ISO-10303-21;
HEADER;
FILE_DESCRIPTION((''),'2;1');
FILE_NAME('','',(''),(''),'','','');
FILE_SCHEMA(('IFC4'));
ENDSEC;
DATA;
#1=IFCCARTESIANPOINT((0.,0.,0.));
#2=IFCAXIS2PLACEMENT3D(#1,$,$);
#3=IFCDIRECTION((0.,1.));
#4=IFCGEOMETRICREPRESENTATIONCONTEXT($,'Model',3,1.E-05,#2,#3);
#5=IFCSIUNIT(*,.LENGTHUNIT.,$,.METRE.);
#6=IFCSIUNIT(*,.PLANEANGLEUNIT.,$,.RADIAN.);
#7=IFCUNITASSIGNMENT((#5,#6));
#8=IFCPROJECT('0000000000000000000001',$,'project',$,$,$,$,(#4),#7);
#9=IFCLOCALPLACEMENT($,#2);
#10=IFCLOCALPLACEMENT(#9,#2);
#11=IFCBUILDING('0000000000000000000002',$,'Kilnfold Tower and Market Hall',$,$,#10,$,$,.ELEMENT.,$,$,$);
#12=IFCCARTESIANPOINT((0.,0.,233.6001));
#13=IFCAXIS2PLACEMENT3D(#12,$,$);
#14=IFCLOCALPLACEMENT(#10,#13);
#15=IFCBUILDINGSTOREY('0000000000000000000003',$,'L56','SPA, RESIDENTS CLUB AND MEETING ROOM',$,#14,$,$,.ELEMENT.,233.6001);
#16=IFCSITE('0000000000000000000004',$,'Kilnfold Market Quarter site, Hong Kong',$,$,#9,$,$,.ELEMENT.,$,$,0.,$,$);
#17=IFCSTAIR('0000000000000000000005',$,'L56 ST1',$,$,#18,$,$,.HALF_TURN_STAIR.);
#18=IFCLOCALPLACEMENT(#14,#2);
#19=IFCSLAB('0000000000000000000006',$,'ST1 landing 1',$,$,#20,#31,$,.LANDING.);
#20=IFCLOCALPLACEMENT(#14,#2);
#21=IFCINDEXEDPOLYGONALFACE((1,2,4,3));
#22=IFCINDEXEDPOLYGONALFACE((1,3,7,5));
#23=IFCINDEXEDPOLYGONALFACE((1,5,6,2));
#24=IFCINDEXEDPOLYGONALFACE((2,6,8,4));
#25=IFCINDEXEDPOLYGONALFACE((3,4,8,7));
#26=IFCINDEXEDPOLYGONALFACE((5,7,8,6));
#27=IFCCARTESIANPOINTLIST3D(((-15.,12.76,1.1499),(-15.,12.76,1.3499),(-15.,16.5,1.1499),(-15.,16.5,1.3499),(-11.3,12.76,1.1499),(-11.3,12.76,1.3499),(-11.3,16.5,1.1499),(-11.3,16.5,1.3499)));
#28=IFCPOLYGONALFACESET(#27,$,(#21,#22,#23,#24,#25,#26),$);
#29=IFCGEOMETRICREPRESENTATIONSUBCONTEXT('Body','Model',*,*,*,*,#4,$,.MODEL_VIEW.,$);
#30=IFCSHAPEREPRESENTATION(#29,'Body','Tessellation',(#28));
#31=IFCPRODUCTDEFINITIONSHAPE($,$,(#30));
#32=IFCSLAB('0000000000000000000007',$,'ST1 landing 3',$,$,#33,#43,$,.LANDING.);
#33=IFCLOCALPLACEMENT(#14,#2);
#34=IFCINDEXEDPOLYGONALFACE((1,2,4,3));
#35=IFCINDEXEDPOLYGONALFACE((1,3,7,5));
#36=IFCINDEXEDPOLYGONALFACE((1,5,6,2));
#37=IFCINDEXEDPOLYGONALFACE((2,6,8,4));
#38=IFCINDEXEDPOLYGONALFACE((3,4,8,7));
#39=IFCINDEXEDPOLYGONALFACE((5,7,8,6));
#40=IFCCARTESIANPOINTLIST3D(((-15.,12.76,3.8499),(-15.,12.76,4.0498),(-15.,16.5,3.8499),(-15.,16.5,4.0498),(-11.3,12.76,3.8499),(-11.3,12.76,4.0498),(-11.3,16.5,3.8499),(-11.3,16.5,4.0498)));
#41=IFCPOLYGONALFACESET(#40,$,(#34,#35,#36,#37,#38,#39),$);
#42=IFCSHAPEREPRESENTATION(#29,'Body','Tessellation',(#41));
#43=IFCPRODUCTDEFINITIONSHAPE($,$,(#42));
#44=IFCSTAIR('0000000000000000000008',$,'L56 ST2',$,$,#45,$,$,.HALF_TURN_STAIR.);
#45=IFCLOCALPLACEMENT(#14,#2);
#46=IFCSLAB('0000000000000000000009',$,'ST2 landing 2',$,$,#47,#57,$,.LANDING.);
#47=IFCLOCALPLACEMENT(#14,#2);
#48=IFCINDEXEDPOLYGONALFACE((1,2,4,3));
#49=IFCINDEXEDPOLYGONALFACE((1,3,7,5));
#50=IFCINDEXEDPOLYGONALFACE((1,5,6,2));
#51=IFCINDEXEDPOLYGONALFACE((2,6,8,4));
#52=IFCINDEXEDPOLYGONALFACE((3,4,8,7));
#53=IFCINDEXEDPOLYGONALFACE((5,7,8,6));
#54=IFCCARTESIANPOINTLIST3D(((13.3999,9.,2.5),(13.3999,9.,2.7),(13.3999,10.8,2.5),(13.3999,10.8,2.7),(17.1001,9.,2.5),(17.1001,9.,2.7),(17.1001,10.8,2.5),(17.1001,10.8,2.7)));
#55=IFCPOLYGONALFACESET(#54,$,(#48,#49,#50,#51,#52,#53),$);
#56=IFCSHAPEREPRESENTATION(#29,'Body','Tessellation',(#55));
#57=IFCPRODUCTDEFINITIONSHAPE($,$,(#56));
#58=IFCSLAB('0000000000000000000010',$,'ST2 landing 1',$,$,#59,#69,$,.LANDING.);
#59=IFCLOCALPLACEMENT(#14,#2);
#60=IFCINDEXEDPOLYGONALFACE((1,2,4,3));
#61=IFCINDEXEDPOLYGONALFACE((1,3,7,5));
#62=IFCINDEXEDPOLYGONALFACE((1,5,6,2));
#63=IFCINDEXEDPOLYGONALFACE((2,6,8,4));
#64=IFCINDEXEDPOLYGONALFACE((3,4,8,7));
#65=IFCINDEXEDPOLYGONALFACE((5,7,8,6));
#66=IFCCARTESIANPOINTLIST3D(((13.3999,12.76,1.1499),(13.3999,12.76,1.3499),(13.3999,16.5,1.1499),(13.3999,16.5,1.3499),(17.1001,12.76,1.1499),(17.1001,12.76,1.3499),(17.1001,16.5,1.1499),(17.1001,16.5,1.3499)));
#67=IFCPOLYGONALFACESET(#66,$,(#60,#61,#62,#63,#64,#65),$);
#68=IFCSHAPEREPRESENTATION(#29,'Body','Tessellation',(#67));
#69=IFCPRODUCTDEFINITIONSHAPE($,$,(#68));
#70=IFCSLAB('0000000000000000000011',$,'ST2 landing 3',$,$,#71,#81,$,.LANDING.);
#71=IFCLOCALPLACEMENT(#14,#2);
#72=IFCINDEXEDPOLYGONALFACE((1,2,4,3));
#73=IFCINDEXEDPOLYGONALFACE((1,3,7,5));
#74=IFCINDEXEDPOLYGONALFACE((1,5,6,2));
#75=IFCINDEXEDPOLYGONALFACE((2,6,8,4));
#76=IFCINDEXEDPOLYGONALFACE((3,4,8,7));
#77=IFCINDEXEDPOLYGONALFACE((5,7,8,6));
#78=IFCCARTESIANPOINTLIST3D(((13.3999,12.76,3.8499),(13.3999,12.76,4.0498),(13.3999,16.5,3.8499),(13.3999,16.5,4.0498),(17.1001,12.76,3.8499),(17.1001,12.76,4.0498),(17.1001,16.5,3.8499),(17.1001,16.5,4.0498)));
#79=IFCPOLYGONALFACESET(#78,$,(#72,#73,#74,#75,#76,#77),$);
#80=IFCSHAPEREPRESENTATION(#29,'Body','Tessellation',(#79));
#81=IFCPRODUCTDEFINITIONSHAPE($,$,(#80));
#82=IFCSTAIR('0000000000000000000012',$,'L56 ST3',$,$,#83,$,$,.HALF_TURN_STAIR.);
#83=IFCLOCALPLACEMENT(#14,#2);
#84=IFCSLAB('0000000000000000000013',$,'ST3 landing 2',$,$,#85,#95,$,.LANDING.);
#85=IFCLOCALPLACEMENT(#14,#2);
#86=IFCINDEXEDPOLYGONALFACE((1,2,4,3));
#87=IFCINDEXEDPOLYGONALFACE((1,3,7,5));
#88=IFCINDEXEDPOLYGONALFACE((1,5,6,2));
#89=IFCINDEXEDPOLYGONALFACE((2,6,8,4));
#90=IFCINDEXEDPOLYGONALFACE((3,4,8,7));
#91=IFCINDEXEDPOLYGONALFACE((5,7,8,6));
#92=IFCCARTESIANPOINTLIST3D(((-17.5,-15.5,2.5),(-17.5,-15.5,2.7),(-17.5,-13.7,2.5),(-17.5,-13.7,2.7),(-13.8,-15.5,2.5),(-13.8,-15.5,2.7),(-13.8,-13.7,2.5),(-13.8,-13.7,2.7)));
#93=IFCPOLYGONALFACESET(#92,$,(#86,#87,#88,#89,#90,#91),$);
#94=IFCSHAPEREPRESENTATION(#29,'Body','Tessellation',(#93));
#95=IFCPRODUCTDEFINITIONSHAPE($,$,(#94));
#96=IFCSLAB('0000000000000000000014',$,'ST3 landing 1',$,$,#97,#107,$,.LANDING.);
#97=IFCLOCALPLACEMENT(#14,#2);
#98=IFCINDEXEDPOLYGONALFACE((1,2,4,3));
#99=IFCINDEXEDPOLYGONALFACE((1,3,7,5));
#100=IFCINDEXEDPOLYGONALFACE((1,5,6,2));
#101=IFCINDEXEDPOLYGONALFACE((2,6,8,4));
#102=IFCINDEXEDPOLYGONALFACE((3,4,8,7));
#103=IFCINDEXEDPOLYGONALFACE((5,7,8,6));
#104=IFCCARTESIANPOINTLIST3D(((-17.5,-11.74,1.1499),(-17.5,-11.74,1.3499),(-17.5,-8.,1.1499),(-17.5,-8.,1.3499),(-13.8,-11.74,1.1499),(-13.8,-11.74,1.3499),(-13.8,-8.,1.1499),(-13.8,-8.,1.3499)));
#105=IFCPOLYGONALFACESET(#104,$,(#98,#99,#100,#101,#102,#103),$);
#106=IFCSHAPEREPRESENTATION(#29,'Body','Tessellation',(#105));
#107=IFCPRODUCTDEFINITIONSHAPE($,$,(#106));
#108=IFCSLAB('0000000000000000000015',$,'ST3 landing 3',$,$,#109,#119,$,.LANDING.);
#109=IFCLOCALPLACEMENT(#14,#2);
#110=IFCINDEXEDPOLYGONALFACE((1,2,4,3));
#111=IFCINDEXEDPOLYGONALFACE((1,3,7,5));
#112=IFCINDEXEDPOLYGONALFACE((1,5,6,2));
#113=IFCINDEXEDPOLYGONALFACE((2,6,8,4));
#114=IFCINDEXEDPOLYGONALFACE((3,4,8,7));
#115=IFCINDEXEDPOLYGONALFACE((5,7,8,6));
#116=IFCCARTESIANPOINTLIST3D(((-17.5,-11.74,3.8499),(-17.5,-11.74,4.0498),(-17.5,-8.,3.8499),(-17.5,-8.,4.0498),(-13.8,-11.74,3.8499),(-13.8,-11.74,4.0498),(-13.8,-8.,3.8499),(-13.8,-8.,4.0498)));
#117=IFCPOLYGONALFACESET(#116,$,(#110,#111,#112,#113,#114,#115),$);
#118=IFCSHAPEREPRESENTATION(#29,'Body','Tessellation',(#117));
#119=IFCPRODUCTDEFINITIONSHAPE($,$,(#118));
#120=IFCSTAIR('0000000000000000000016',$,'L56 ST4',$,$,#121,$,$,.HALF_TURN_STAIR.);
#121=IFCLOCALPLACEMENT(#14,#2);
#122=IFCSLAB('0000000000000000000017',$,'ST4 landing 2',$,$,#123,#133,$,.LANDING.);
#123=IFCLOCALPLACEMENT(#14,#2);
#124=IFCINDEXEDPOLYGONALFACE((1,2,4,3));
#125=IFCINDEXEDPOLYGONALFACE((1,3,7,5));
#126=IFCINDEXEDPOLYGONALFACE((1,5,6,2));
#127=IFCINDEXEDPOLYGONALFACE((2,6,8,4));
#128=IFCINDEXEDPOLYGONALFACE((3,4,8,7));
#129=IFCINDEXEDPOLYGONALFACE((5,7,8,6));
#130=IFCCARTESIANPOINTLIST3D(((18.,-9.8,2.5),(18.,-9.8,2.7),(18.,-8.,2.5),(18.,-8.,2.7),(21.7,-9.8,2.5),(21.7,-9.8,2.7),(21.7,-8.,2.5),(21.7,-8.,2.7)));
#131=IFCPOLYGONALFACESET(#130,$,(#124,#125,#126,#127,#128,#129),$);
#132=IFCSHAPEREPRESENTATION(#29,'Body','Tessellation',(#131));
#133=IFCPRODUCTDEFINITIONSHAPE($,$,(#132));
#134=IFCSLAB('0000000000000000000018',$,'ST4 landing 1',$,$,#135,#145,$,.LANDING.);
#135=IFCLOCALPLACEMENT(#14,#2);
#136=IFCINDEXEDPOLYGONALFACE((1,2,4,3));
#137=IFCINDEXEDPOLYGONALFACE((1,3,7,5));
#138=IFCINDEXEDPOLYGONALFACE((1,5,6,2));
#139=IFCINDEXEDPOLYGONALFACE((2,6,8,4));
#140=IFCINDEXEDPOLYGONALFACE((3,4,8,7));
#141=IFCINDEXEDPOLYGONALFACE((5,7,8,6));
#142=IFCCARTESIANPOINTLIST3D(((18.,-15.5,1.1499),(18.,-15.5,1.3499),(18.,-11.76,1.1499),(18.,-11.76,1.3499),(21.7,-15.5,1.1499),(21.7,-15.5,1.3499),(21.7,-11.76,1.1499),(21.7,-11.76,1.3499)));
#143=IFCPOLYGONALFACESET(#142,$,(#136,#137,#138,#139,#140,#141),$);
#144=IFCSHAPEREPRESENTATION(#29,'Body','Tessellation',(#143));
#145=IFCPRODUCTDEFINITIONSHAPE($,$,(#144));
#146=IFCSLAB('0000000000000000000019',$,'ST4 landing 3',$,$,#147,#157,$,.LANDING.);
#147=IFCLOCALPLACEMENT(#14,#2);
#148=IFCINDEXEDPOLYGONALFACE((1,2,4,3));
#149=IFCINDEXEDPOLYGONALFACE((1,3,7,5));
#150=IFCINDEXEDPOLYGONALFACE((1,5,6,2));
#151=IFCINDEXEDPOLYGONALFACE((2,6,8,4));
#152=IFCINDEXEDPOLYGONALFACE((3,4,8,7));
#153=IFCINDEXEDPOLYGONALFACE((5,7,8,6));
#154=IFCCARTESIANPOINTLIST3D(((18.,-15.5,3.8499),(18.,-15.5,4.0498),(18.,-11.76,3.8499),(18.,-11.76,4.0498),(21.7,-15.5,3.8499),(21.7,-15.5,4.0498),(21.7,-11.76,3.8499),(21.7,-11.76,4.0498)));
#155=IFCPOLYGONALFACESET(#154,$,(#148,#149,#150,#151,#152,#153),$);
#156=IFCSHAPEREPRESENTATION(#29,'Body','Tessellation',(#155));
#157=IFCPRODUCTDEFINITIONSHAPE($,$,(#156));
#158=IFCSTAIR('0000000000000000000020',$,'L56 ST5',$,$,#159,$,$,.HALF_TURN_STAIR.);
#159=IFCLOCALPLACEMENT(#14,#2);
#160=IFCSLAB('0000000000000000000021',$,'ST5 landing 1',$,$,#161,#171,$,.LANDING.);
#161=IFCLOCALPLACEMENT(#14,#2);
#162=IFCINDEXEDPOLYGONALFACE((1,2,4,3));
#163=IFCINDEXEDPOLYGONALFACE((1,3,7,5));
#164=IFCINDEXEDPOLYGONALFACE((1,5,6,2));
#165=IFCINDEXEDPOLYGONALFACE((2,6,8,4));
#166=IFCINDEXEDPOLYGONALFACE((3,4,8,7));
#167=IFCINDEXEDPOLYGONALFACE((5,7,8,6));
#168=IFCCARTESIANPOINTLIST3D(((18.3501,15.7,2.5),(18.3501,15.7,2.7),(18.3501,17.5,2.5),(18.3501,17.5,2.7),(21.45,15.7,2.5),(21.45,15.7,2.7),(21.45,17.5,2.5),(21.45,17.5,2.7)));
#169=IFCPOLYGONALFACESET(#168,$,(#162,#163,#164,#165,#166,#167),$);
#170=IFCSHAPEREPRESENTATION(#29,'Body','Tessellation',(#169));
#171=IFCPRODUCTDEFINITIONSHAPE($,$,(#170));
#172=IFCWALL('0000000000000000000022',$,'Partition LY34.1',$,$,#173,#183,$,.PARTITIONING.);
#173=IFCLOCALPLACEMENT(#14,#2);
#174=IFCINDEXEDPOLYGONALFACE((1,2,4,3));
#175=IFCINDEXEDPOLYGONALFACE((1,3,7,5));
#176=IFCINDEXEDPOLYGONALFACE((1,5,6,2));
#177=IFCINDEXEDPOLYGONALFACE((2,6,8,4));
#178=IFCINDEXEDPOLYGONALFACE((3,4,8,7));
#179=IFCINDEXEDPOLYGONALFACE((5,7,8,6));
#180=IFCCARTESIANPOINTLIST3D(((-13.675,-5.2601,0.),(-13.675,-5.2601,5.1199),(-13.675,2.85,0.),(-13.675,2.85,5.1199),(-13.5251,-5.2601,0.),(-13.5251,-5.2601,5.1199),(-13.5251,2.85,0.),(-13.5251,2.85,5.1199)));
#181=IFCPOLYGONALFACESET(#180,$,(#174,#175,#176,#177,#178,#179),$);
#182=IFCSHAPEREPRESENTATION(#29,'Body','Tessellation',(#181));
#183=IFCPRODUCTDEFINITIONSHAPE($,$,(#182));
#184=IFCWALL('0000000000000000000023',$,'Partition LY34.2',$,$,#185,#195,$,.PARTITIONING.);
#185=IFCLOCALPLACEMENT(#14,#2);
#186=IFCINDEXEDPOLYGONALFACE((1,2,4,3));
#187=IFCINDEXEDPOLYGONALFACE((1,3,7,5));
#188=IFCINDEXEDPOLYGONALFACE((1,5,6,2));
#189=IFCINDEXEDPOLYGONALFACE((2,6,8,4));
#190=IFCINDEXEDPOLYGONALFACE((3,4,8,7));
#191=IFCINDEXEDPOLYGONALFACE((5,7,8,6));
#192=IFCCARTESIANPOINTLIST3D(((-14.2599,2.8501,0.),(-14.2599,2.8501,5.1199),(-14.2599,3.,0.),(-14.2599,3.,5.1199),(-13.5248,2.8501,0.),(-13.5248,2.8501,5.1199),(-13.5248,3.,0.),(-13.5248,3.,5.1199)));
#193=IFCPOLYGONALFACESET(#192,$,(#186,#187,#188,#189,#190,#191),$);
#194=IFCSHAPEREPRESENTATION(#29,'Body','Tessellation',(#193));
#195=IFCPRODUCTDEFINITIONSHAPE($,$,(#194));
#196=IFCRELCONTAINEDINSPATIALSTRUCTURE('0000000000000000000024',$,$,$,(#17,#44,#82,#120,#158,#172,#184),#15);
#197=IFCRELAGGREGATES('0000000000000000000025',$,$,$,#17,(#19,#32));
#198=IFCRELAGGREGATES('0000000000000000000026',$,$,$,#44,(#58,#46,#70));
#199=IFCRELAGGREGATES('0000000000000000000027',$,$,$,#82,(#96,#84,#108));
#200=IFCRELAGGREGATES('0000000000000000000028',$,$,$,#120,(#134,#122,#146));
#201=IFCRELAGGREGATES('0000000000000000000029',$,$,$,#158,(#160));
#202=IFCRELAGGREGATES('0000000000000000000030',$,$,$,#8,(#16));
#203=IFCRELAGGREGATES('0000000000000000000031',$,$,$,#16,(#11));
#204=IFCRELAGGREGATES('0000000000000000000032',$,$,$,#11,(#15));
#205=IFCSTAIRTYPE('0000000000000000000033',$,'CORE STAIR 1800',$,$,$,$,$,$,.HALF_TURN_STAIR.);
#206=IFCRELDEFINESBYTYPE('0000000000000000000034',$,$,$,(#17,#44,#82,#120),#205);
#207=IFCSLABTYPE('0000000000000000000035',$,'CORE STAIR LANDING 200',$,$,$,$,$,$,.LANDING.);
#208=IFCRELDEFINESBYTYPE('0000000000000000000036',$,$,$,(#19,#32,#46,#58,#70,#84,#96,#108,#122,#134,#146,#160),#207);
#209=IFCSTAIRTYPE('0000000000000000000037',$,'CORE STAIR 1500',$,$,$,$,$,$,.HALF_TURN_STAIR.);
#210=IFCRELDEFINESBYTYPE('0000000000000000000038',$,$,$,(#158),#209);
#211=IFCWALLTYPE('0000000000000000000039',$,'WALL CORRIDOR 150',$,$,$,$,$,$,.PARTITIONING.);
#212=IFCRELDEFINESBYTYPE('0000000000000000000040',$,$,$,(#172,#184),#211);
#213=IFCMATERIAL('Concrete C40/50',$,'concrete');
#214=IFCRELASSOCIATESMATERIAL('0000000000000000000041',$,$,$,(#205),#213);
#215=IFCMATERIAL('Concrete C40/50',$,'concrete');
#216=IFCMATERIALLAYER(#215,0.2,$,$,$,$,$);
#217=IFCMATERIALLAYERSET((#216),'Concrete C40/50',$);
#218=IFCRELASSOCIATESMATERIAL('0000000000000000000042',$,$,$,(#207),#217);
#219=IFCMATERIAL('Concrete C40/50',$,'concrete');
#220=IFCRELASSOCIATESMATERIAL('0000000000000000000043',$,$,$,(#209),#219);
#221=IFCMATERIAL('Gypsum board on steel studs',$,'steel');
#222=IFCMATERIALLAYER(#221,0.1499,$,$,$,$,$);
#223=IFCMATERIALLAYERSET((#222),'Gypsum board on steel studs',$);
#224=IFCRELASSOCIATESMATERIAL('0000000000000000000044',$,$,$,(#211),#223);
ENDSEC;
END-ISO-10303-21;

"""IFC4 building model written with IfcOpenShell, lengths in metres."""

from ifc_helpers import new_model, si_unit, direction, frame, frame_2d, origin, place, context, subcontext, project, spatial, polyline, rectangle, outline, extrude, source, transform, mapped, material, layer, layer_set, type_object, element, aggregate, save


model = new_model("IFC4")

# Units and contexts
model_context = context("Model", 3, precision=1e-05, world=origin(), true_north=direction((0.0, 1.0)))
body_context = subcontext(model_context, "Body", "Model", "MODEL_VIEW")
ifc_project = project(units=[si_unit("LENGTHUNIT", "METRE"), si_unit("PLANEANGLEUNIT", "RADIAN")], contexts=[model_context])

# Site, building, storey
site_placement = place(None, origin())
site = spatial("IfcSite", under=ifc_project, at=site_placement, Name="Kilnfold Market Quarter site, Hong Kong", CompositionType="ELEMENT", RefElevation=0.0)
building_placement = place(site_placement, origin())
building = spatial("IfcBuilding", under=site, at=building_placement, Name="Kilnfold Tower and Market Hall", CompositionType="ELEMENT")
storey_placement = place(building_placement, frame((0.0, 0.0, 233.6001)))
storey = spatial("IfcBuildingStorey", under=building, at=storey_placement, Name="L56", Description="SPA, RESIDENTS CLUB AND MEETING ROOM", CompositionType="ELEMENT", Elevation=233.6001)

# Stairs, slabs
ifc_material_1 = material(Name="Concrete C40/50", Category="concrete")
stair_type_1 = type_object("IfcStairType", Name="CORE STAIR 1800", PredefinedType="HALF_TURN_STAIR", material=ifc_material_1)
stair_1_placement = place(storey_placement, origin())
stair_1 = element("IfcStair", 1, at=stair_1_placement, inside=storey, type_object=stair_type_1, Name="L56 ST1", PredefinedType="HALF_TURN_STAIR")
ifc_material_2 = material(Name="Concrete C40/50", Category="concrete")
ifc_layer_1 = layer(ifc_material_2, 0.2)
ifc_layer_set_1 = layer_set([ifc_layer_1], Name="Concrete C40/50")
slab_type_1 = type_object("IfcSlabType", Name="CORE STAIR LANDING 200", PredefinedType="LANDING", material=ifc_layer_set_1)
shared_shape_1 = source(origin(), body_context, "Body", "SweptSolid", [
    extrude(outline(polyline([(-11.3, 12.76), (-11.3, 16.5), (-15.0, 16.5), (-15.0, 12.76), (-11.3, 12.76)])), origin(), (0.0, 0.0, 1.0), 0.2),
])
slab_1_placement = place(storey_placement, frame((0.0, 0.0, 1.1499)))
slab_1 = element("IfcSlab", 2, at=slab_1_placement, type_object=slab_type_1, Name="ST1 landing 1", PredefinedType="LANDING", context=body_context, shape_type="MappedRepresentation", body=[
    mapped(shared_shape_1, transform((0.0, 0.0, 0.0))),
])
slab_2_placement = place(storey_placement, frame((0.0, 0.0, 3.8499)))
slab_2 = element("IfcSlab", 3, at=slab_2_placement, type_object=slab_type_1, Name="ST1 landing 3", PredefinedType="LANDING", context=body_context, shape_type="MappedRepresentation", body=[
    mapped(shared_shape_1, transform((0.0, 0.0, 0.0))),
])
aggregate(stair_1, [slab_1, slab_2])
stair_2_placement = place(storey_placement, origin())
stair_2 = element("IfcStair", 4, at=stair_2_placement, inside=storey, type_object=stair_type_1, Name="L56 ST2", PredefinedType="HALF_TURN_STAIR")
shared_shape_2 = source(origin(), body_context, "Body", "SweptSolid", [
    extrude(outline(polyline([(17.1001, 9.0), (17.1001, 10.8), (13.3999, 10.8), (13.3999, 9.0), (17.1001, 9.0)])), origin(), (0.0, 0.0, 1.0), 0.2),
])
slab_3_placement = place(storey_placement, frame((0.0, 0.0, 2.5)))
slab_3 = element("IfcSlab", 5, at=slab_3_placement, type_object=slab_type_1, Name="ST2 landing 2", PredefinedType="LANDING", context=body_context, shape_type="MappedRepresentation", body=[
    mapped(shared_shape_2, transform((0.0, 0.0, 0.0))),
])
shared_shape_3 = source(origin(), body_context, "Body", "SweptSolid", [
    extrude(outline(polyline([(17.1001, 12.76), (17.1001, 16.5), (13.3999, 16.5), (13.3999, 12.76), (17.1001, 12.76)])), origin(), (0.0, 0.0, 1.0), 0.2),
])
slab_4_placement = place(storey_placement, frame((0.0, 0.0, 1.1499)))
slab_4 = element("IfcSlab", 6, at=slab_4_placement, type_object=slab_type_1, Name="ST2 landing 1", PredefinedType="LANDING", context=body_context, shape_type="MappedRepresentation", body=[
    mapped(shared_shape_3, transform((0.0, 0.0, 0.0))),
])
slab_5_placement = place(storey_placement, frame((0.0, 0.0, 3.8499)))
slab_5 = element("IfcSlab", 7, at=slab_5_placement, type_object=slab_type_1, Name="ST2 landing 3", PredefinedType="LANDING", context=body_context, shape_type="MappedRepresentation", body=[
    mapped(shared_shape_3, transform((0.0, 0.0, 0.0))),
])
aggregate(stair_2, [slab_4, slab_3, slab_5])
stair_3_placement = place(storey_placement, origin())
stair_3 = element("IfcStair", 8, at=stair_3_placement, inside=storey, type_object=stair_type_1, Name="L56 ST3", PredefinedType="HALF_TURN_STAIR")
shared_shape_4 = source(origin(), body_context, "Body", "SweptSolid", [
    extrude(outline(polyline([(-13.8, -15.5), (-13.8, -13.7), (-17.5, -13.7), (-17.5, -15.5), (-13.8, -15.5)])), origin(), (0.0, 0.0, 1.0), 0.2),
])
slab_6_placement = place(storey_placement, frame((0.0, 0.0, 2.5)))
slab_6 = element("IfcSlab", 9, at=slab_6_placement, type_object=slab_type_1, Name="ST3 landing 2", PredefinedType="LANDING", context=body_context, shape_type="MappedRepresentation", body=[
    mapped(shared_shape_4, transform((0.0, 0.0, 0.0))),
])
shared_shape_5 = source(origin(), body_context, "Body", "SweptSolid", [
    extrude(outline(polyline([(-13.8, -11.74), (-13.8, -8.0), (-17.5, -8.0), (-17.5, -11.74), (-13.8, -11.74)])), origin(), (0.0, 0.0, 1.0), 0.2),
])
slab_7_placement = place(storey_placement, frame((0.0, 0.0, 1.1499)))
slab_7 = element("IfcSlab", 10, at=slab_7_placement, type_object=slab_type_1, Name="ST3 landing 1", PredefinedType="LANDING", context=body_context, shape_type="MappedRepresentation", body=[
    mapped(shared_shape_5, transform((0.0, 0.0, 0.0))),
])
slab_8_placement = place(storey_placement, frame((0.0, 0.0, 3.8499)))
slab_8 = element("IfcSlab", 11, at=slab_8_placement, type_object=slab_type_1, Name="ST3 landing 3", PredefinedType="LANDING", context=body_context, shape_type="MappedRepresentation", body=[
    mapped(shared_shape_5, transform((0.0, 0.0, 0.0))),
])
aggregate(stair_3, [slab_7, slab_6, slab_8])
stair_4_placement = place(storey_placement, origin())
stair_4 = element("IfcStair", 12, at=stair_4_placement, inside=storey, type_object=stair_type_1, Name="L56 ST4", PredefinedType="HALF_TURN_STAIR")
shared_shape_6 = source(origin(), body_context, "Body", "SweptSolid", [
    extrude(outline(polyline([(18.0, -8.0), (18.0, -9.8), (21.7, -9.8), (21.7, -8.0), (18.0, -8.0)])), origin(), (0.0, 0.0, 1.0), 0.2),
])
slab_9_placement = place(storey_placement, frame((0.0, 0.0, 2.5)))
slab_9 = element("IfcSlab", 13, at=slab_9_placement, type_object=slab_type_1, Name="ST4 landing 2", PredefinedType="LANDING", context=body_context, shape_type="MappedRepresentation", body=[
    mapped(shared_shape_6, transform((0.0, 0.0, 0.0))),
])
shared_shape_7 = source(origin(), body_context, "Body", "SweptSolid", [
    extrude(outline(polyline([(18.0, -11.76), (18.0, -15.5), (21.7, -15.5), (21.7, -11.76), (18.0, -11.76)])), origin(), (0.0, 0.0, 1.0), 0.2),
])
slab_10_placement = place(storey_placement, frame((0.0, 0.0, 1.1499)))
slab_10 = element("IfcSlab", 14, at=slab_10_placement, type_object=slab_type_1, Name="ST4 landing 1", PredefinedType="LANDING", context=body_context, shape_type="MappedRepresentation", body=[
    mapped(shared_shape_7, transform((0.0, 0.0, 0.0))),
])
slab_11_placement = place(storey_placement, frame((0.0, 0.0, 3.8499)))
slab_11 = element("IfcSlab", 15, at=slab_11_placement, type_object=slab_type_1, Name="ST4 landing 3", PredefinedType="LANDING", context=body_context, shape_type="MappedRepresentation", body=[
    mapped(shared_shape_7, transform((0.0, 0.0, 0.0))),
])
aggregate(stair_4, [slab_10, slab_9, slab_11])

# Stair, slab
ifc_material_3 = material(Name="Concrete C40/50", Category="concrete")
stair_type_2 = type_object("IfcStairType", Name="CORE STAIR 1500", PredefinedType="HALF_TURN_STAIR", material=ifc_material_3)
stair_5_placement = place(storey_placement, origin())
stair_5 = element("IfcStair", 16, at=stair_5_placement, inside=storey, type_object=stair_type_2, Name="L56 ST5", PredefinedType="HALF_TURN_STAIR")
shared_shape_8 = source(origin(), body_context, "Body", "SweptSolid", [
    extrude(outline(polyline([(21.45, 15.7), (21.45, 17.5), (18.3501, 17.5), (18.3501, 15.7), (21.45, 15.7)])), origin(), (0.0, 0.0, 1.0), 0.2),
])
slab_12_placement = place(storey_placement, frame((0.0, 0.0, 2.5)))
slab_12 = element("IfcSlab", 17, at=slab_12_placement, type_object=slab_type_1, Name="ST5 landing 1", PredefinedType="LANDING", context=body_context, shape_type="MappedRepresentation", body=[
    mapped(shared_shape_8, transform((0.0, 0.0, 0.0))),
])
aggregate(stair_5, [slab_12])

# Walls
ifc_material_4 = material(Name="Gypsum board on steel studs", Category="steel")
ifc_layer_2 = layer(ifc_material_4, 0.1499)
ifc_layer_set_2 = layer_set([ifc_layer_2], Name="Gypsum board on steel studs")
wall_type_1 = type_object("IfcWallType", Name="WALL CORRIDOR 150", PredefinedType="PARTITIONING", material=ifc_layer_set_2)
wall_1_placement = place(storey_placement, frame((-13.6001, 2.8501, 0.0), z_axis=(0.0, 0.0, 1.0), x_axis=(0.0, -1.0, 0.0)))
element("IfcWall", 18, at=wall_1_placement, inside=storey, type_object=wall_type_1, Name="Partition LY34.1", PredefinedType="PARTITIONING", context=body_context, shape_type="SweptSolid", body=[
    extrude(rectangle(XDim=8.1101, YDim=0.1499, at=frame_2d((4.0552, 0.0))), origin(), (0.0, 0.0, 1.0), 5.1199),
])
wall_2_placement = place(storey_placement, frame((-14.26, 2.925, 0.0), z_axis=(0.0, 0.0, 1.0), x_axis=(1.0, 0.0, 0.0)))
element("IfcWall", 19, at=wall_2_placement, inside=storey, type_object=wall_type_1, Name="Partition LY34.2", PredefinedType="PARTITIONING", context=body_context, shape_type="SweptSolid", body=[
    extrude(rectangle(XDim=0.7351, YDim=0.1499, at=frame_2d((0.3677, 0.0))), origin(), (0.0, 0.0, 1.0), 5.1199),
])

save(model, "model.ifc")
